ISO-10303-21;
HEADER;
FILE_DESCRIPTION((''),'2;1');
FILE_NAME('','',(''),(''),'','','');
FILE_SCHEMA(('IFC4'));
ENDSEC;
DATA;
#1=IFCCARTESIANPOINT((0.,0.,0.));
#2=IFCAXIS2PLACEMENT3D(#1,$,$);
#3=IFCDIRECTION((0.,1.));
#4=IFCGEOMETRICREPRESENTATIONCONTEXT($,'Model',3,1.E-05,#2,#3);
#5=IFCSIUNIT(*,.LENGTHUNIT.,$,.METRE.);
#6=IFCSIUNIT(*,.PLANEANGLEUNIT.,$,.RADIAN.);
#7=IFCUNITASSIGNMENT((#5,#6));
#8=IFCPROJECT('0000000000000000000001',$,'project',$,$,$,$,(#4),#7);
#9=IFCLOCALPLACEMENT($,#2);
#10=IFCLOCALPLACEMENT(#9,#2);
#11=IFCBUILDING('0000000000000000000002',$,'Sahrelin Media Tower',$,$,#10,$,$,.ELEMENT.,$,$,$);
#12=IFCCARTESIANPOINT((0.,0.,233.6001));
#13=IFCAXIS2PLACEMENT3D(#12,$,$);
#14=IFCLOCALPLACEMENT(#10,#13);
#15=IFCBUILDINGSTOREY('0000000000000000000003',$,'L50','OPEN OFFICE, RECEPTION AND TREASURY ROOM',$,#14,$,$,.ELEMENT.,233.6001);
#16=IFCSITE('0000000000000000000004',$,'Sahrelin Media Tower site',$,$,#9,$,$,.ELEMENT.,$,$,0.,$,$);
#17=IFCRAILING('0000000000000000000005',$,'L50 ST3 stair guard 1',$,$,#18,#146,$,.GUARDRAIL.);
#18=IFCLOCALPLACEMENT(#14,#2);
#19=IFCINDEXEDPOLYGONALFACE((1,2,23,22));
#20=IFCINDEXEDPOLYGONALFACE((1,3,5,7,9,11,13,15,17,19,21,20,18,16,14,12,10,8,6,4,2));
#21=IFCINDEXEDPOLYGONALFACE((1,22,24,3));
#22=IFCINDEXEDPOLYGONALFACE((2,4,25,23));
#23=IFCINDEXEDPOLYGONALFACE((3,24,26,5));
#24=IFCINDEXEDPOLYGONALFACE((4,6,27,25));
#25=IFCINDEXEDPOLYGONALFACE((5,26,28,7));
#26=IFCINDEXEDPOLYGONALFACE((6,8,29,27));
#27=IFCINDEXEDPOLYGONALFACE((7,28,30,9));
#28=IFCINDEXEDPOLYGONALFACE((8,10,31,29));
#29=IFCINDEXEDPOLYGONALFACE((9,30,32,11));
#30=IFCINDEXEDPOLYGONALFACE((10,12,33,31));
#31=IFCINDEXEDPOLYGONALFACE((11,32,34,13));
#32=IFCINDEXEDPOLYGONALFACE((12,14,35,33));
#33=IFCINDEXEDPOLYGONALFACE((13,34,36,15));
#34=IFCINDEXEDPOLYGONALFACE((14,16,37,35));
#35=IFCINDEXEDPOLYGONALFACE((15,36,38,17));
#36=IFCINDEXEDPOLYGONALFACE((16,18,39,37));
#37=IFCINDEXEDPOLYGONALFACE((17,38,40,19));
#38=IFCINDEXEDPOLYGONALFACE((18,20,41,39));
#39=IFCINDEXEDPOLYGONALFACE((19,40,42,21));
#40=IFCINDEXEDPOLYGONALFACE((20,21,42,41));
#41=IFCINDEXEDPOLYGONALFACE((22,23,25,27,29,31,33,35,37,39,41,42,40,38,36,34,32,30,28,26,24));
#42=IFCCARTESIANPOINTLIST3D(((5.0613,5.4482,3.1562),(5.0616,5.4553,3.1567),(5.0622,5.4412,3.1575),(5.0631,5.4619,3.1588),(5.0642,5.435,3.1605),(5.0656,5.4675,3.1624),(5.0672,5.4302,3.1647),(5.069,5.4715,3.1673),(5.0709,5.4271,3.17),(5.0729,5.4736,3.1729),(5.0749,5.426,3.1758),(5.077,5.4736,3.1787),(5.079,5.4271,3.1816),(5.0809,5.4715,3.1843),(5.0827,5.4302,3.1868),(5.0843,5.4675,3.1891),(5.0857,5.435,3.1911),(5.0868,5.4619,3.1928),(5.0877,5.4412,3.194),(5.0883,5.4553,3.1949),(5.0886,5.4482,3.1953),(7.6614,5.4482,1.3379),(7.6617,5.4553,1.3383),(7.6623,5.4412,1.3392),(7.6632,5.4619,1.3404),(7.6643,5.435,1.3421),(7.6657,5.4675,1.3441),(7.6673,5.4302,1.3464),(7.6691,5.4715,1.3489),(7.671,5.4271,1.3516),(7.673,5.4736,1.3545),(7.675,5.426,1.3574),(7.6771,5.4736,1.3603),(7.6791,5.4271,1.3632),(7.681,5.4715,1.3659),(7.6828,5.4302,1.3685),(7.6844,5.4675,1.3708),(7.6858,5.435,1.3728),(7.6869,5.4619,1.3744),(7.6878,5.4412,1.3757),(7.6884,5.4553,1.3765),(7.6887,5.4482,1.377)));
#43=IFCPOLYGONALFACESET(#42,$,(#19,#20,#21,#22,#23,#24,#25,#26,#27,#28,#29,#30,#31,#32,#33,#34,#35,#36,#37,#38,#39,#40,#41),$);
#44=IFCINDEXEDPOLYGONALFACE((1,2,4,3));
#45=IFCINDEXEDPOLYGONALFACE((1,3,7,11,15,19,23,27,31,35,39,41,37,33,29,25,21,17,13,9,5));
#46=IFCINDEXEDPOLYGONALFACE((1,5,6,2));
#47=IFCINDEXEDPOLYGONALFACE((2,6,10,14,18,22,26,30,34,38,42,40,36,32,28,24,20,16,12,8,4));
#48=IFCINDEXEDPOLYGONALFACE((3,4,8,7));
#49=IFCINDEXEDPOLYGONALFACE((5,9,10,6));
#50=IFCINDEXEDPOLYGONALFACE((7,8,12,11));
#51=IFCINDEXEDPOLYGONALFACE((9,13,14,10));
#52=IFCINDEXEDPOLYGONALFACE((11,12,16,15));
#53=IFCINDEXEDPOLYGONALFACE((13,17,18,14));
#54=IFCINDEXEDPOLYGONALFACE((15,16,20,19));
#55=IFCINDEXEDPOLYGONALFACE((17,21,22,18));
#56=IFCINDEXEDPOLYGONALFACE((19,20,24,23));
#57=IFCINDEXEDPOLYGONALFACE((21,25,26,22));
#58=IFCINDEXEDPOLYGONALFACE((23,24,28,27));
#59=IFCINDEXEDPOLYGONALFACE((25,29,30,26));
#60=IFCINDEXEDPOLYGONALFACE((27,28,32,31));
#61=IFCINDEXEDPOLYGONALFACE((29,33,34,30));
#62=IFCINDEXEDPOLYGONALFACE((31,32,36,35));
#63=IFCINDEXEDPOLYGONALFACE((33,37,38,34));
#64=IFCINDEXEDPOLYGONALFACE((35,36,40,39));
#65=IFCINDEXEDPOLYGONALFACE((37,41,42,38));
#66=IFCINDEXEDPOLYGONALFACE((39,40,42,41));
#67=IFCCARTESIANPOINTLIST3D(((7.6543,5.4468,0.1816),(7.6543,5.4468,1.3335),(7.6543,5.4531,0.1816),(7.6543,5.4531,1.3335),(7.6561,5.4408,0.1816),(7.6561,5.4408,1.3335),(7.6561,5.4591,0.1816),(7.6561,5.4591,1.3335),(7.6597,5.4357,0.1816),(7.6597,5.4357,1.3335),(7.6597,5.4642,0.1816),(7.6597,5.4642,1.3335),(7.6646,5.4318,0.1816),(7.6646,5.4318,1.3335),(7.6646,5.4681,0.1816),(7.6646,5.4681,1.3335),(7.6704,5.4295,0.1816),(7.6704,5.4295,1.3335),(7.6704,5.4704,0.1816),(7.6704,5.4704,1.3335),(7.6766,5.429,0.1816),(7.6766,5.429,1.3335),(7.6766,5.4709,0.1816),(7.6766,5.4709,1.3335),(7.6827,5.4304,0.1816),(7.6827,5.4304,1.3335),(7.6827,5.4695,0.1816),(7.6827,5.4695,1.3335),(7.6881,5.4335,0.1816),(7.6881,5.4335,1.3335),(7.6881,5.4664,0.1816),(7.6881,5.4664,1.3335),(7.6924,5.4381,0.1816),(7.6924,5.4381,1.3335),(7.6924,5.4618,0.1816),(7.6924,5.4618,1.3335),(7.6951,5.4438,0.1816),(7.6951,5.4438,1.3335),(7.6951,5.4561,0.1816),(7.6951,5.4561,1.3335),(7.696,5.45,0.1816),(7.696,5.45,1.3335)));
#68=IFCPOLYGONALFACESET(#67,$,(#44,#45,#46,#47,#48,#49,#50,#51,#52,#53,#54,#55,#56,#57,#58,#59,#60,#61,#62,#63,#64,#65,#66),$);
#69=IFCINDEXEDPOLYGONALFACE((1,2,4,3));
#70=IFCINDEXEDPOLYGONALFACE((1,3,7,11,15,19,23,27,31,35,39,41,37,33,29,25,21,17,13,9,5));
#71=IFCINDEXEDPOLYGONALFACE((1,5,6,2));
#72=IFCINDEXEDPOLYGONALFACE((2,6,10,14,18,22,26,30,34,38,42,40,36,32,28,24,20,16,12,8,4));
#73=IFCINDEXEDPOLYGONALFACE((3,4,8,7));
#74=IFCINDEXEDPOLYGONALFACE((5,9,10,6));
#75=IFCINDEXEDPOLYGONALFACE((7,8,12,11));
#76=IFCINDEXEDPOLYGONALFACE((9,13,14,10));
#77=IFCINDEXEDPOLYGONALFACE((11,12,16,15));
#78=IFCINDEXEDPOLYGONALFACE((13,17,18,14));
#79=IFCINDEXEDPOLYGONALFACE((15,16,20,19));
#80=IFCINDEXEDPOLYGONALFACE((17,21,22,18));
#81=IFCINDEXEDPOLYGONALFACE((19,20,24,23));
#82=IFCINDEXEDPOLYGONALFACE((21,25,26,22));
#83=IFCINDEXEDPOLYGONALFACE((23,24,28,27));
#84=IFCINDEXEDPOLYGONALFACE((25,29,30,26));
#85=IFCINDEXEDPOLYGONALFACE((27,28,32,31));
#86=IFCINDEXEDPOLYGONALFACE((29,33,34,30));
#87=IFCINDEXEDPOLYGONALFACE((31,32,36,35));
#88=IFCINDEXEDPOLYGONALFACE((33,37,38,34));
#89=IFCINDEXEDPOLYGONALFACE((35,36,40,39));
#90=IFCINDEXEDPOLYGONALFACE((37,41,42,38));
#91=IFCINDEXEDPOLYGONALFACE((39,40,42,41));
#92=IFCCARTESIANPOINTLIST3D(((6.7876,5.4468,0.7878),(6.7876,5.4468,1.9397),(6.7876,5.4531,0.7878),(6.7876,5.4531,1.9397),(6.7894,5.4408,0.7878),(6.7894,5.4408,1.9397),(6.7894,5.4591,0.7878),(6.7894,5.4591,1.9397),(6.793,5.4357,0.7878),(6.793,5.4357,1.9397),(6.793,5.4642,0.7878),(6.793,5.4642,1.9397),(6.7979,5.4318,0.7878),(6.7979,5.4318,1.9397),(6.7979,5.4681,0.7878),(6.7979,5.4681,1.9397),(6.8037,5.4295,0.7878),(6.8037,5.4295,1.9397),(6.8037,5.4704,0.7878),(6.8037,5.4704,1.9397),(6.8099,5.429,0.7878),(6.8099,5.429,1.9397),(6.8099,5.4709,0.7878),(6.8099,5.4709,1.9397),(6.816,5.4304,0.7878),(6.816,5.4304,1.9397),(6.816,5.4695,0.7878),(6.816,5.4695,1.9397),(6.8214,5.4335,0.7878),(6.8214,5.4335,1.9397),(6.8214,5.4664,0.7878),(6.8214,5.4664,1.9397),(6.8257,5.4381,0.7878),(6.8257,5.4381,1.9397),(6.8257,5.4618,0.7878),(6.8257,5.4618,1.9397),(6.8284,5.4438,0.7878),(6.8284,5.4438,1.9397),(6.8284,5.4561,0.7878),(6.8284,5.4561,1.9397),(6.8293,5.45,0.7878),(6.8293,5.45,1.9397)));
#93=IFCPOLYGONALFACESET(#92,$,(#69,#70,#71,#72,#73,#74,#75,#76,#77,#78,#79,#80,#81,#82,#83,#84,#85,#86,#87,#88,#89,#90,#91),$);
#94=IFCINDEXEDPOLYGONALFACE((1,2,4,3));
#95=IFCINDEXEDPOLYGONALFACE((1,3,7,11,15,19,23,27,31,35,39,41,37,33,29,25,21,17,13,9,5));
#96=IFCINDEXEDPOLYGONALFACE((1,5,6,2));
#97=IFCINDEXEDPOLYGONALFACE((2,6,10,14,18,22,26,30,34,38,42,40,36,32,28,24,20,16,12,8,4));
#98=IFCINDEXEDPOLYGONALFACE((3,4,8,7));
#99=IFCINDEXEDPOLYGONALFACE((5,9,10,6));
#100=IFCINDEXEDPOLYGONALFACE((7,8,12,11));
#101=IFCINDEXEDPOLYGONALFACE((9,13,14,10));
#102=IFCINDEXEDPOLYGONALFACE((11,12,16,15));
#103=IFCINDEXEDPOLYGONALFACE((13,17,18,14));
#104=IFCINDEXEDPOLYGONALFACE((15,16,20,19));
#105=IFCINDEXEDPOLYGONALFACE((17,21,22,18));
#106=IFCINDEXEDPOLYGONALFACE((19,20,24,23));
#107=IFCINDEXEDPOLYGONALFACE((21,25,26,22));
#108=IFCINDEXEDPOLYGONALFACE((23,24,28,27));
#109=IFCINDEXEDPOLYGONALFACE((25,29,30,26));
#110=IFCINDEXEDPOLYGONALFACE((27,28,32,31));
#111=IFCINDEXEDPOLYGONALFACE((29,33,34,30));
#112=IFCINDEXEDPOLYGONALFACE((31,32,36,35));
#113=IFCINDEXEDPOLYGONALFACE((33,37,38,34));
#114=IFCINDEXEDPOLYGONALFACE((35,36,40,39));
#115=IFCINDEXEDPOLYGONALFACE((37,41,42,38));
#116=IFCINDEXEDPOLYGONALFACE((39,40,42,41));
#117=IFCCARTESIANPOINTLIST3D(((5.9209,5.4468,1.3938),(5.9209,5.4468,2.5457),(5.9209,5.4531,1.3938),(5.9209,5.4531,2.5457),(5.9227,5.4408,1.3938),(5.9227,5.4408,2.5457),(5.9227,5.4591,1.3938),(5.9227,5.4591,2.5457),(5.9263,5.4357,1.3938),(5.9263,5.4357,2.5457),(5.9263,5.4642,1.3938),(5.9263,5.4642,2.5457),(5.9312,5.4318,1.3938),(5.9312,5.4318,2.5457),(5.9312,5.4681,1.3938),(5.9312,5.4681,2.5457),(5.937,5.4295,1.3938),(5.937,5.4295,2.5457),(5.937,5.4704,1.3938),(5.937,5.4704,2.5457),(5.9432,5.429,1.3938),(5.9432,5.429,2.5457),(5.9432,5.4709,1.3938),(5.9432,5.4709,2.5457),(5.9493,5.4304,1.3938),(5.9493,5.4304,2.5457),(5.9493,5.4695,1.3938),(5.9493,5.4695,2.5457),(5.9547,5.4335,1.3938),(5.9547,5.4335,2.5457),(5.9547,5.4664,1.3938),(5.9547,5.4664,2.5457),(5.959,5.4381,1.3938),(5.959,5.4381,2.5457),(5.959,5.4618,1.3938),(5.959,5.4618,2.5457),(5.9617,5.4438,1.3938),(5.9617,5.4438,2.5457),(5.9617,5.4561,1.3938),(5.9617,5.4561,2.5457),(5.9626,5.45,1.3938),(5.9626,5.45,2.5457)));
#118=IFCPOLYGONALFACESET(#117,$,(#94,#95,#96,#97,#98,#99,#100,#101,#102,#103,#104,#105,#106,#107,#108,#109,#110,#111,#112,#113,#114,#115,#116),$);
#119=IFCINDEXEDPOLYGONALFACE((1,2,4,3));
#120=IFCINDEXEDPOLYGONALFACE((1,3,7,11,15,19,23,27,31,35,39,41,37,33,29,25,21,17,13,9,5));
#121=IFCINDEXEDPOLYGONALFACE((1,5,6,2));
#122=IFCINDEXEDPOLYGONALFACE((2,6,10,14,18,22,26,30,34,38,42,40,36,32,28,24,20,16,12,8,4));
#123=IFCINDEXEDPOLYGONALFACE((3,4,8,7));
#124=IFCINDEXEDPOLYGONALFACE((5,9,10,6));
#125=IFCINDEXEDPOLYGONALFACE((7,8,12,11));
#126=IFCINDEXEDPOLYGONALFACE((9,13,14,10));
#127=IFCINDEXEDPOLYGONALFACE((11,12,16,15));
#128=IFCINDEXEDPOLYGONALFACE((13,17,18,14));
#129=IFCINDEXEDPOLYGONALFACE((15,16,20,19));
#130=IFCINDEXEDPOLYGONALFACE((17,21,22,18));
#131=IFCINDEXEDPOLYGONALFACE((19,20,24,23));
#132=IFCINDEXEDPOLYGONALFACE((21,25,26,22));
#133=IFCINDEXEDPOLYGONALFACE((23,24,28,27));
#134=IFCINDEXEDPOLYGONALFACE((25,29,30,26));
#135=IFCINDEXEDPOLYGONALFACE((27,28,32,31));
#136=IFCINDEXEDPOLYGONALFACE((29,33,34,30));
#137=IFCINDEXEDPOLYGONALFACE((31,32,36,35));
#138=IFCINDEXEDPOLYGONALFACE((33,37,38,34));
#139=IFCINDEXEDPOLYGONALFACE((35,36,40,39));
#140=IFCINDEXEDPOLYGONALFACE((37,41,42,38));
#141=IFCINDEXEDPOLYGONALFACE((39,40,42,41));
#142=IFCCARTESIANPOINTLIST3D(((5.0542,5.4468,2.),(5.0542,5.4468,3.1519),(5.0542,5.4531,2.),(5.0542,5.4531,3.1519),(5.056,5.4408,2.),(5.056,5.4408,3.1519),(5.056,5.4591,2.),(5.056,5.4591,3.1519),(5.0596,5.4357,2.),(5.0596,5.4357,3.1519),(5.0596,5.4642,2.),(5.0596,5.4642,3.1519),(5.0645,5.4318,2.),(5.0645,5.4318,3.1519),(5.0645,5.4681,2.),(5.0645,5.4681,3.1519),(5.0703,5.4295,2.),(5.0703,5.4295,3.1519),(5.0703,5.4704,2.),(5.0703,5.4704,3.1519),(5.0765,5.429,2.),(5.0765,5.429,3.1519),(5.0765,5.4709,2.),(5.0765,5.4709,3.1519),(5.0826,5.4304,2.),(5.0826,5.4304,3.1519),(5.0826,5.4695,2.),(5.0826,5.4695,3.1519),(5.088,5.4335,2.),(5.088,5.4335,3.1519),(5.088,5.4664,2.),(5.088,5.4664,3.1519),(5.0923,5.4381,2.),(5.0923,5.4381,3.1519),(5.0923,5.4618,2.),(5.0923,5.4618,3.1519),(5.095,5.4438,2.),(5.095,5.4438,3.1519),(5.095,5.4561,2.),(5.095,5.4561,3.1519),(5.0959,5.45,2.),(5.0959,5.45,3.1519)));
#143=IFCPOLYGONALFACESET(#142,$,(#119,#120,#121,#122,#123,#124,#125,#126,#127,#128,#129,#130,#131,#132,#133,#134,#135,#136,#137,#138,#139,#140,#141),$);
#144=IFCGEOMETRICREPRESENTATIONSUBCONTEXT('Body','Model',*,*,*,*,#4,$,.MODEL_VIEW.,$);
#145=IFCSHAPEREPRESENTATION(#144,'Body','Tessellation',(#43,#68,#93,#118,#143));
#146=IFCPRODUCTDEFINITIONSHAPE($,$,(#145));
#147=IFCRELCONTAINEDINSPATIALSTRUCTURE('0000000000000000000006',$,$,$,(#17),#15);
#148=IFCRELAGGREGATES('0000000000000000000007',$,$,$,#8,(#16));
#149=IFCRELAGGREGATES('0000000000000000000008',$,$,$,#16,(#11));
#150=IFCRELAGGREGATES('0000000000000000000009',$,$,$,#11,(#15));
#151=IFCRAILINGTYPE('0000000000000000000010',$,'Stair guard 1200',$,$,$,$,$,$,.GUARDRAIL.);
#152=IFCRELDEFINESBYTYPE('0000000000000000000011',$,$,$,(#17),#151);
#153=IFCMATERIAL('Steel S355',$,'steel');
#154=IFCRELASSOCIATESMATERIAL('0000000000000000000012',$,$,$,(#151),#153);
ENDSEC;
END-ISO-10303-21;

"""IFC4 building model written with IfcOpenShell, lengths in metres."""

from ifc_helpers import new_model, si_unit, direction, frame, origin, origin_2d, place, context, subcontext, project, spatial, circle, extrude, material, type_object, element, save


model = new_model("IFC4")

# Units and contexts
model_context = context("Model", 3, precision=1e-05, world=origin(), true_north=direction((0.0, 1.0)))
body_context = subcontext(model_context, "Body", "Model", "MODEL_VIEW")
ifc_project = project(units=[si_unit("LENGTHUNIT", "METRE"), si_unit("PLANEANGLEUNIT", "RADIAN")], contexts=[model_context])

# Site, building, storey
site_placement = place(None, origin())
site = spatial("IfcSite", under=ifc_project, at=site_placement, Name="Sahrelin Media Tower site", CompositionType="ELEMENT", RefElevation=0.0)
building_placement = place(site_placement, origin())
building = spatial("IfcBuilding", under=site, at=building_placement, Name="Sahrelin Media Tower", CompositionType="ELEMENT")
storey_placement = place(building_placement, frame((0.0, 0.0, 233.6001)))
storey = spatial("IfcBuildingStorey", under=building, at=storey_placement, Name="L50", Description="OPEN OFFICE, RECEPTION AND TREASURY ROOM", CompositionType="ELEMENT", Elevation=233.6001)

# Shared definitions
ifc_material_1 = material(Name="Steel S355", Category="steel")

# Railing
railing_type_1 = type_object("IfcRailingType", Name="Stair guard 1200", PredefinedType="GUARDRAIL", material=ifc_material_1)
railing_1_placement = place(storey_placement, frame((7.675, 5.45, 0.1816)))
element("IfcRailing", 1, at=railing_1_placement, inside=storey, type_object=railing_type_1, Name="L50 ST3 stair guard 1", PredefinedType="GUARDRAIL", context=body_context, shape_type="SweptSolid", body=[
    extrude(circle(Radius=0.0239, at=origin_2d()), frame((0.0, 0.0, 1.1758), z_axis=(-0.819485, 0.0, 0.573101), x_axis=(0.0, -1.0, 0.0)), (0.0, 0.0, 1.0), 3.1729),
    extrude(circle(Radius=0.021, at=origin_2d()), origin(), (0.0, 0.0, 1.0), 1.1519),
    extrude(circle(Radius=0.021, at=origin_2d()), frame((-0.8667, 0.0, 0.6062)), (0.0, 0.0, 1.0), 1.1519),
    extrude(circle(Radius=0.021, at=origin_2d()), frame((-1.7334, 0.0, 1.2122)), (0.0, 0.0, 1.0), 1.1519),
    extrude(circle(Radius=0.021, at=origin_2d()), frame((-2.6001, 0.0, 1.8184)), (0.0, 0.0, 1.0), 1.1519),
])

save(model, "model.ifc")
